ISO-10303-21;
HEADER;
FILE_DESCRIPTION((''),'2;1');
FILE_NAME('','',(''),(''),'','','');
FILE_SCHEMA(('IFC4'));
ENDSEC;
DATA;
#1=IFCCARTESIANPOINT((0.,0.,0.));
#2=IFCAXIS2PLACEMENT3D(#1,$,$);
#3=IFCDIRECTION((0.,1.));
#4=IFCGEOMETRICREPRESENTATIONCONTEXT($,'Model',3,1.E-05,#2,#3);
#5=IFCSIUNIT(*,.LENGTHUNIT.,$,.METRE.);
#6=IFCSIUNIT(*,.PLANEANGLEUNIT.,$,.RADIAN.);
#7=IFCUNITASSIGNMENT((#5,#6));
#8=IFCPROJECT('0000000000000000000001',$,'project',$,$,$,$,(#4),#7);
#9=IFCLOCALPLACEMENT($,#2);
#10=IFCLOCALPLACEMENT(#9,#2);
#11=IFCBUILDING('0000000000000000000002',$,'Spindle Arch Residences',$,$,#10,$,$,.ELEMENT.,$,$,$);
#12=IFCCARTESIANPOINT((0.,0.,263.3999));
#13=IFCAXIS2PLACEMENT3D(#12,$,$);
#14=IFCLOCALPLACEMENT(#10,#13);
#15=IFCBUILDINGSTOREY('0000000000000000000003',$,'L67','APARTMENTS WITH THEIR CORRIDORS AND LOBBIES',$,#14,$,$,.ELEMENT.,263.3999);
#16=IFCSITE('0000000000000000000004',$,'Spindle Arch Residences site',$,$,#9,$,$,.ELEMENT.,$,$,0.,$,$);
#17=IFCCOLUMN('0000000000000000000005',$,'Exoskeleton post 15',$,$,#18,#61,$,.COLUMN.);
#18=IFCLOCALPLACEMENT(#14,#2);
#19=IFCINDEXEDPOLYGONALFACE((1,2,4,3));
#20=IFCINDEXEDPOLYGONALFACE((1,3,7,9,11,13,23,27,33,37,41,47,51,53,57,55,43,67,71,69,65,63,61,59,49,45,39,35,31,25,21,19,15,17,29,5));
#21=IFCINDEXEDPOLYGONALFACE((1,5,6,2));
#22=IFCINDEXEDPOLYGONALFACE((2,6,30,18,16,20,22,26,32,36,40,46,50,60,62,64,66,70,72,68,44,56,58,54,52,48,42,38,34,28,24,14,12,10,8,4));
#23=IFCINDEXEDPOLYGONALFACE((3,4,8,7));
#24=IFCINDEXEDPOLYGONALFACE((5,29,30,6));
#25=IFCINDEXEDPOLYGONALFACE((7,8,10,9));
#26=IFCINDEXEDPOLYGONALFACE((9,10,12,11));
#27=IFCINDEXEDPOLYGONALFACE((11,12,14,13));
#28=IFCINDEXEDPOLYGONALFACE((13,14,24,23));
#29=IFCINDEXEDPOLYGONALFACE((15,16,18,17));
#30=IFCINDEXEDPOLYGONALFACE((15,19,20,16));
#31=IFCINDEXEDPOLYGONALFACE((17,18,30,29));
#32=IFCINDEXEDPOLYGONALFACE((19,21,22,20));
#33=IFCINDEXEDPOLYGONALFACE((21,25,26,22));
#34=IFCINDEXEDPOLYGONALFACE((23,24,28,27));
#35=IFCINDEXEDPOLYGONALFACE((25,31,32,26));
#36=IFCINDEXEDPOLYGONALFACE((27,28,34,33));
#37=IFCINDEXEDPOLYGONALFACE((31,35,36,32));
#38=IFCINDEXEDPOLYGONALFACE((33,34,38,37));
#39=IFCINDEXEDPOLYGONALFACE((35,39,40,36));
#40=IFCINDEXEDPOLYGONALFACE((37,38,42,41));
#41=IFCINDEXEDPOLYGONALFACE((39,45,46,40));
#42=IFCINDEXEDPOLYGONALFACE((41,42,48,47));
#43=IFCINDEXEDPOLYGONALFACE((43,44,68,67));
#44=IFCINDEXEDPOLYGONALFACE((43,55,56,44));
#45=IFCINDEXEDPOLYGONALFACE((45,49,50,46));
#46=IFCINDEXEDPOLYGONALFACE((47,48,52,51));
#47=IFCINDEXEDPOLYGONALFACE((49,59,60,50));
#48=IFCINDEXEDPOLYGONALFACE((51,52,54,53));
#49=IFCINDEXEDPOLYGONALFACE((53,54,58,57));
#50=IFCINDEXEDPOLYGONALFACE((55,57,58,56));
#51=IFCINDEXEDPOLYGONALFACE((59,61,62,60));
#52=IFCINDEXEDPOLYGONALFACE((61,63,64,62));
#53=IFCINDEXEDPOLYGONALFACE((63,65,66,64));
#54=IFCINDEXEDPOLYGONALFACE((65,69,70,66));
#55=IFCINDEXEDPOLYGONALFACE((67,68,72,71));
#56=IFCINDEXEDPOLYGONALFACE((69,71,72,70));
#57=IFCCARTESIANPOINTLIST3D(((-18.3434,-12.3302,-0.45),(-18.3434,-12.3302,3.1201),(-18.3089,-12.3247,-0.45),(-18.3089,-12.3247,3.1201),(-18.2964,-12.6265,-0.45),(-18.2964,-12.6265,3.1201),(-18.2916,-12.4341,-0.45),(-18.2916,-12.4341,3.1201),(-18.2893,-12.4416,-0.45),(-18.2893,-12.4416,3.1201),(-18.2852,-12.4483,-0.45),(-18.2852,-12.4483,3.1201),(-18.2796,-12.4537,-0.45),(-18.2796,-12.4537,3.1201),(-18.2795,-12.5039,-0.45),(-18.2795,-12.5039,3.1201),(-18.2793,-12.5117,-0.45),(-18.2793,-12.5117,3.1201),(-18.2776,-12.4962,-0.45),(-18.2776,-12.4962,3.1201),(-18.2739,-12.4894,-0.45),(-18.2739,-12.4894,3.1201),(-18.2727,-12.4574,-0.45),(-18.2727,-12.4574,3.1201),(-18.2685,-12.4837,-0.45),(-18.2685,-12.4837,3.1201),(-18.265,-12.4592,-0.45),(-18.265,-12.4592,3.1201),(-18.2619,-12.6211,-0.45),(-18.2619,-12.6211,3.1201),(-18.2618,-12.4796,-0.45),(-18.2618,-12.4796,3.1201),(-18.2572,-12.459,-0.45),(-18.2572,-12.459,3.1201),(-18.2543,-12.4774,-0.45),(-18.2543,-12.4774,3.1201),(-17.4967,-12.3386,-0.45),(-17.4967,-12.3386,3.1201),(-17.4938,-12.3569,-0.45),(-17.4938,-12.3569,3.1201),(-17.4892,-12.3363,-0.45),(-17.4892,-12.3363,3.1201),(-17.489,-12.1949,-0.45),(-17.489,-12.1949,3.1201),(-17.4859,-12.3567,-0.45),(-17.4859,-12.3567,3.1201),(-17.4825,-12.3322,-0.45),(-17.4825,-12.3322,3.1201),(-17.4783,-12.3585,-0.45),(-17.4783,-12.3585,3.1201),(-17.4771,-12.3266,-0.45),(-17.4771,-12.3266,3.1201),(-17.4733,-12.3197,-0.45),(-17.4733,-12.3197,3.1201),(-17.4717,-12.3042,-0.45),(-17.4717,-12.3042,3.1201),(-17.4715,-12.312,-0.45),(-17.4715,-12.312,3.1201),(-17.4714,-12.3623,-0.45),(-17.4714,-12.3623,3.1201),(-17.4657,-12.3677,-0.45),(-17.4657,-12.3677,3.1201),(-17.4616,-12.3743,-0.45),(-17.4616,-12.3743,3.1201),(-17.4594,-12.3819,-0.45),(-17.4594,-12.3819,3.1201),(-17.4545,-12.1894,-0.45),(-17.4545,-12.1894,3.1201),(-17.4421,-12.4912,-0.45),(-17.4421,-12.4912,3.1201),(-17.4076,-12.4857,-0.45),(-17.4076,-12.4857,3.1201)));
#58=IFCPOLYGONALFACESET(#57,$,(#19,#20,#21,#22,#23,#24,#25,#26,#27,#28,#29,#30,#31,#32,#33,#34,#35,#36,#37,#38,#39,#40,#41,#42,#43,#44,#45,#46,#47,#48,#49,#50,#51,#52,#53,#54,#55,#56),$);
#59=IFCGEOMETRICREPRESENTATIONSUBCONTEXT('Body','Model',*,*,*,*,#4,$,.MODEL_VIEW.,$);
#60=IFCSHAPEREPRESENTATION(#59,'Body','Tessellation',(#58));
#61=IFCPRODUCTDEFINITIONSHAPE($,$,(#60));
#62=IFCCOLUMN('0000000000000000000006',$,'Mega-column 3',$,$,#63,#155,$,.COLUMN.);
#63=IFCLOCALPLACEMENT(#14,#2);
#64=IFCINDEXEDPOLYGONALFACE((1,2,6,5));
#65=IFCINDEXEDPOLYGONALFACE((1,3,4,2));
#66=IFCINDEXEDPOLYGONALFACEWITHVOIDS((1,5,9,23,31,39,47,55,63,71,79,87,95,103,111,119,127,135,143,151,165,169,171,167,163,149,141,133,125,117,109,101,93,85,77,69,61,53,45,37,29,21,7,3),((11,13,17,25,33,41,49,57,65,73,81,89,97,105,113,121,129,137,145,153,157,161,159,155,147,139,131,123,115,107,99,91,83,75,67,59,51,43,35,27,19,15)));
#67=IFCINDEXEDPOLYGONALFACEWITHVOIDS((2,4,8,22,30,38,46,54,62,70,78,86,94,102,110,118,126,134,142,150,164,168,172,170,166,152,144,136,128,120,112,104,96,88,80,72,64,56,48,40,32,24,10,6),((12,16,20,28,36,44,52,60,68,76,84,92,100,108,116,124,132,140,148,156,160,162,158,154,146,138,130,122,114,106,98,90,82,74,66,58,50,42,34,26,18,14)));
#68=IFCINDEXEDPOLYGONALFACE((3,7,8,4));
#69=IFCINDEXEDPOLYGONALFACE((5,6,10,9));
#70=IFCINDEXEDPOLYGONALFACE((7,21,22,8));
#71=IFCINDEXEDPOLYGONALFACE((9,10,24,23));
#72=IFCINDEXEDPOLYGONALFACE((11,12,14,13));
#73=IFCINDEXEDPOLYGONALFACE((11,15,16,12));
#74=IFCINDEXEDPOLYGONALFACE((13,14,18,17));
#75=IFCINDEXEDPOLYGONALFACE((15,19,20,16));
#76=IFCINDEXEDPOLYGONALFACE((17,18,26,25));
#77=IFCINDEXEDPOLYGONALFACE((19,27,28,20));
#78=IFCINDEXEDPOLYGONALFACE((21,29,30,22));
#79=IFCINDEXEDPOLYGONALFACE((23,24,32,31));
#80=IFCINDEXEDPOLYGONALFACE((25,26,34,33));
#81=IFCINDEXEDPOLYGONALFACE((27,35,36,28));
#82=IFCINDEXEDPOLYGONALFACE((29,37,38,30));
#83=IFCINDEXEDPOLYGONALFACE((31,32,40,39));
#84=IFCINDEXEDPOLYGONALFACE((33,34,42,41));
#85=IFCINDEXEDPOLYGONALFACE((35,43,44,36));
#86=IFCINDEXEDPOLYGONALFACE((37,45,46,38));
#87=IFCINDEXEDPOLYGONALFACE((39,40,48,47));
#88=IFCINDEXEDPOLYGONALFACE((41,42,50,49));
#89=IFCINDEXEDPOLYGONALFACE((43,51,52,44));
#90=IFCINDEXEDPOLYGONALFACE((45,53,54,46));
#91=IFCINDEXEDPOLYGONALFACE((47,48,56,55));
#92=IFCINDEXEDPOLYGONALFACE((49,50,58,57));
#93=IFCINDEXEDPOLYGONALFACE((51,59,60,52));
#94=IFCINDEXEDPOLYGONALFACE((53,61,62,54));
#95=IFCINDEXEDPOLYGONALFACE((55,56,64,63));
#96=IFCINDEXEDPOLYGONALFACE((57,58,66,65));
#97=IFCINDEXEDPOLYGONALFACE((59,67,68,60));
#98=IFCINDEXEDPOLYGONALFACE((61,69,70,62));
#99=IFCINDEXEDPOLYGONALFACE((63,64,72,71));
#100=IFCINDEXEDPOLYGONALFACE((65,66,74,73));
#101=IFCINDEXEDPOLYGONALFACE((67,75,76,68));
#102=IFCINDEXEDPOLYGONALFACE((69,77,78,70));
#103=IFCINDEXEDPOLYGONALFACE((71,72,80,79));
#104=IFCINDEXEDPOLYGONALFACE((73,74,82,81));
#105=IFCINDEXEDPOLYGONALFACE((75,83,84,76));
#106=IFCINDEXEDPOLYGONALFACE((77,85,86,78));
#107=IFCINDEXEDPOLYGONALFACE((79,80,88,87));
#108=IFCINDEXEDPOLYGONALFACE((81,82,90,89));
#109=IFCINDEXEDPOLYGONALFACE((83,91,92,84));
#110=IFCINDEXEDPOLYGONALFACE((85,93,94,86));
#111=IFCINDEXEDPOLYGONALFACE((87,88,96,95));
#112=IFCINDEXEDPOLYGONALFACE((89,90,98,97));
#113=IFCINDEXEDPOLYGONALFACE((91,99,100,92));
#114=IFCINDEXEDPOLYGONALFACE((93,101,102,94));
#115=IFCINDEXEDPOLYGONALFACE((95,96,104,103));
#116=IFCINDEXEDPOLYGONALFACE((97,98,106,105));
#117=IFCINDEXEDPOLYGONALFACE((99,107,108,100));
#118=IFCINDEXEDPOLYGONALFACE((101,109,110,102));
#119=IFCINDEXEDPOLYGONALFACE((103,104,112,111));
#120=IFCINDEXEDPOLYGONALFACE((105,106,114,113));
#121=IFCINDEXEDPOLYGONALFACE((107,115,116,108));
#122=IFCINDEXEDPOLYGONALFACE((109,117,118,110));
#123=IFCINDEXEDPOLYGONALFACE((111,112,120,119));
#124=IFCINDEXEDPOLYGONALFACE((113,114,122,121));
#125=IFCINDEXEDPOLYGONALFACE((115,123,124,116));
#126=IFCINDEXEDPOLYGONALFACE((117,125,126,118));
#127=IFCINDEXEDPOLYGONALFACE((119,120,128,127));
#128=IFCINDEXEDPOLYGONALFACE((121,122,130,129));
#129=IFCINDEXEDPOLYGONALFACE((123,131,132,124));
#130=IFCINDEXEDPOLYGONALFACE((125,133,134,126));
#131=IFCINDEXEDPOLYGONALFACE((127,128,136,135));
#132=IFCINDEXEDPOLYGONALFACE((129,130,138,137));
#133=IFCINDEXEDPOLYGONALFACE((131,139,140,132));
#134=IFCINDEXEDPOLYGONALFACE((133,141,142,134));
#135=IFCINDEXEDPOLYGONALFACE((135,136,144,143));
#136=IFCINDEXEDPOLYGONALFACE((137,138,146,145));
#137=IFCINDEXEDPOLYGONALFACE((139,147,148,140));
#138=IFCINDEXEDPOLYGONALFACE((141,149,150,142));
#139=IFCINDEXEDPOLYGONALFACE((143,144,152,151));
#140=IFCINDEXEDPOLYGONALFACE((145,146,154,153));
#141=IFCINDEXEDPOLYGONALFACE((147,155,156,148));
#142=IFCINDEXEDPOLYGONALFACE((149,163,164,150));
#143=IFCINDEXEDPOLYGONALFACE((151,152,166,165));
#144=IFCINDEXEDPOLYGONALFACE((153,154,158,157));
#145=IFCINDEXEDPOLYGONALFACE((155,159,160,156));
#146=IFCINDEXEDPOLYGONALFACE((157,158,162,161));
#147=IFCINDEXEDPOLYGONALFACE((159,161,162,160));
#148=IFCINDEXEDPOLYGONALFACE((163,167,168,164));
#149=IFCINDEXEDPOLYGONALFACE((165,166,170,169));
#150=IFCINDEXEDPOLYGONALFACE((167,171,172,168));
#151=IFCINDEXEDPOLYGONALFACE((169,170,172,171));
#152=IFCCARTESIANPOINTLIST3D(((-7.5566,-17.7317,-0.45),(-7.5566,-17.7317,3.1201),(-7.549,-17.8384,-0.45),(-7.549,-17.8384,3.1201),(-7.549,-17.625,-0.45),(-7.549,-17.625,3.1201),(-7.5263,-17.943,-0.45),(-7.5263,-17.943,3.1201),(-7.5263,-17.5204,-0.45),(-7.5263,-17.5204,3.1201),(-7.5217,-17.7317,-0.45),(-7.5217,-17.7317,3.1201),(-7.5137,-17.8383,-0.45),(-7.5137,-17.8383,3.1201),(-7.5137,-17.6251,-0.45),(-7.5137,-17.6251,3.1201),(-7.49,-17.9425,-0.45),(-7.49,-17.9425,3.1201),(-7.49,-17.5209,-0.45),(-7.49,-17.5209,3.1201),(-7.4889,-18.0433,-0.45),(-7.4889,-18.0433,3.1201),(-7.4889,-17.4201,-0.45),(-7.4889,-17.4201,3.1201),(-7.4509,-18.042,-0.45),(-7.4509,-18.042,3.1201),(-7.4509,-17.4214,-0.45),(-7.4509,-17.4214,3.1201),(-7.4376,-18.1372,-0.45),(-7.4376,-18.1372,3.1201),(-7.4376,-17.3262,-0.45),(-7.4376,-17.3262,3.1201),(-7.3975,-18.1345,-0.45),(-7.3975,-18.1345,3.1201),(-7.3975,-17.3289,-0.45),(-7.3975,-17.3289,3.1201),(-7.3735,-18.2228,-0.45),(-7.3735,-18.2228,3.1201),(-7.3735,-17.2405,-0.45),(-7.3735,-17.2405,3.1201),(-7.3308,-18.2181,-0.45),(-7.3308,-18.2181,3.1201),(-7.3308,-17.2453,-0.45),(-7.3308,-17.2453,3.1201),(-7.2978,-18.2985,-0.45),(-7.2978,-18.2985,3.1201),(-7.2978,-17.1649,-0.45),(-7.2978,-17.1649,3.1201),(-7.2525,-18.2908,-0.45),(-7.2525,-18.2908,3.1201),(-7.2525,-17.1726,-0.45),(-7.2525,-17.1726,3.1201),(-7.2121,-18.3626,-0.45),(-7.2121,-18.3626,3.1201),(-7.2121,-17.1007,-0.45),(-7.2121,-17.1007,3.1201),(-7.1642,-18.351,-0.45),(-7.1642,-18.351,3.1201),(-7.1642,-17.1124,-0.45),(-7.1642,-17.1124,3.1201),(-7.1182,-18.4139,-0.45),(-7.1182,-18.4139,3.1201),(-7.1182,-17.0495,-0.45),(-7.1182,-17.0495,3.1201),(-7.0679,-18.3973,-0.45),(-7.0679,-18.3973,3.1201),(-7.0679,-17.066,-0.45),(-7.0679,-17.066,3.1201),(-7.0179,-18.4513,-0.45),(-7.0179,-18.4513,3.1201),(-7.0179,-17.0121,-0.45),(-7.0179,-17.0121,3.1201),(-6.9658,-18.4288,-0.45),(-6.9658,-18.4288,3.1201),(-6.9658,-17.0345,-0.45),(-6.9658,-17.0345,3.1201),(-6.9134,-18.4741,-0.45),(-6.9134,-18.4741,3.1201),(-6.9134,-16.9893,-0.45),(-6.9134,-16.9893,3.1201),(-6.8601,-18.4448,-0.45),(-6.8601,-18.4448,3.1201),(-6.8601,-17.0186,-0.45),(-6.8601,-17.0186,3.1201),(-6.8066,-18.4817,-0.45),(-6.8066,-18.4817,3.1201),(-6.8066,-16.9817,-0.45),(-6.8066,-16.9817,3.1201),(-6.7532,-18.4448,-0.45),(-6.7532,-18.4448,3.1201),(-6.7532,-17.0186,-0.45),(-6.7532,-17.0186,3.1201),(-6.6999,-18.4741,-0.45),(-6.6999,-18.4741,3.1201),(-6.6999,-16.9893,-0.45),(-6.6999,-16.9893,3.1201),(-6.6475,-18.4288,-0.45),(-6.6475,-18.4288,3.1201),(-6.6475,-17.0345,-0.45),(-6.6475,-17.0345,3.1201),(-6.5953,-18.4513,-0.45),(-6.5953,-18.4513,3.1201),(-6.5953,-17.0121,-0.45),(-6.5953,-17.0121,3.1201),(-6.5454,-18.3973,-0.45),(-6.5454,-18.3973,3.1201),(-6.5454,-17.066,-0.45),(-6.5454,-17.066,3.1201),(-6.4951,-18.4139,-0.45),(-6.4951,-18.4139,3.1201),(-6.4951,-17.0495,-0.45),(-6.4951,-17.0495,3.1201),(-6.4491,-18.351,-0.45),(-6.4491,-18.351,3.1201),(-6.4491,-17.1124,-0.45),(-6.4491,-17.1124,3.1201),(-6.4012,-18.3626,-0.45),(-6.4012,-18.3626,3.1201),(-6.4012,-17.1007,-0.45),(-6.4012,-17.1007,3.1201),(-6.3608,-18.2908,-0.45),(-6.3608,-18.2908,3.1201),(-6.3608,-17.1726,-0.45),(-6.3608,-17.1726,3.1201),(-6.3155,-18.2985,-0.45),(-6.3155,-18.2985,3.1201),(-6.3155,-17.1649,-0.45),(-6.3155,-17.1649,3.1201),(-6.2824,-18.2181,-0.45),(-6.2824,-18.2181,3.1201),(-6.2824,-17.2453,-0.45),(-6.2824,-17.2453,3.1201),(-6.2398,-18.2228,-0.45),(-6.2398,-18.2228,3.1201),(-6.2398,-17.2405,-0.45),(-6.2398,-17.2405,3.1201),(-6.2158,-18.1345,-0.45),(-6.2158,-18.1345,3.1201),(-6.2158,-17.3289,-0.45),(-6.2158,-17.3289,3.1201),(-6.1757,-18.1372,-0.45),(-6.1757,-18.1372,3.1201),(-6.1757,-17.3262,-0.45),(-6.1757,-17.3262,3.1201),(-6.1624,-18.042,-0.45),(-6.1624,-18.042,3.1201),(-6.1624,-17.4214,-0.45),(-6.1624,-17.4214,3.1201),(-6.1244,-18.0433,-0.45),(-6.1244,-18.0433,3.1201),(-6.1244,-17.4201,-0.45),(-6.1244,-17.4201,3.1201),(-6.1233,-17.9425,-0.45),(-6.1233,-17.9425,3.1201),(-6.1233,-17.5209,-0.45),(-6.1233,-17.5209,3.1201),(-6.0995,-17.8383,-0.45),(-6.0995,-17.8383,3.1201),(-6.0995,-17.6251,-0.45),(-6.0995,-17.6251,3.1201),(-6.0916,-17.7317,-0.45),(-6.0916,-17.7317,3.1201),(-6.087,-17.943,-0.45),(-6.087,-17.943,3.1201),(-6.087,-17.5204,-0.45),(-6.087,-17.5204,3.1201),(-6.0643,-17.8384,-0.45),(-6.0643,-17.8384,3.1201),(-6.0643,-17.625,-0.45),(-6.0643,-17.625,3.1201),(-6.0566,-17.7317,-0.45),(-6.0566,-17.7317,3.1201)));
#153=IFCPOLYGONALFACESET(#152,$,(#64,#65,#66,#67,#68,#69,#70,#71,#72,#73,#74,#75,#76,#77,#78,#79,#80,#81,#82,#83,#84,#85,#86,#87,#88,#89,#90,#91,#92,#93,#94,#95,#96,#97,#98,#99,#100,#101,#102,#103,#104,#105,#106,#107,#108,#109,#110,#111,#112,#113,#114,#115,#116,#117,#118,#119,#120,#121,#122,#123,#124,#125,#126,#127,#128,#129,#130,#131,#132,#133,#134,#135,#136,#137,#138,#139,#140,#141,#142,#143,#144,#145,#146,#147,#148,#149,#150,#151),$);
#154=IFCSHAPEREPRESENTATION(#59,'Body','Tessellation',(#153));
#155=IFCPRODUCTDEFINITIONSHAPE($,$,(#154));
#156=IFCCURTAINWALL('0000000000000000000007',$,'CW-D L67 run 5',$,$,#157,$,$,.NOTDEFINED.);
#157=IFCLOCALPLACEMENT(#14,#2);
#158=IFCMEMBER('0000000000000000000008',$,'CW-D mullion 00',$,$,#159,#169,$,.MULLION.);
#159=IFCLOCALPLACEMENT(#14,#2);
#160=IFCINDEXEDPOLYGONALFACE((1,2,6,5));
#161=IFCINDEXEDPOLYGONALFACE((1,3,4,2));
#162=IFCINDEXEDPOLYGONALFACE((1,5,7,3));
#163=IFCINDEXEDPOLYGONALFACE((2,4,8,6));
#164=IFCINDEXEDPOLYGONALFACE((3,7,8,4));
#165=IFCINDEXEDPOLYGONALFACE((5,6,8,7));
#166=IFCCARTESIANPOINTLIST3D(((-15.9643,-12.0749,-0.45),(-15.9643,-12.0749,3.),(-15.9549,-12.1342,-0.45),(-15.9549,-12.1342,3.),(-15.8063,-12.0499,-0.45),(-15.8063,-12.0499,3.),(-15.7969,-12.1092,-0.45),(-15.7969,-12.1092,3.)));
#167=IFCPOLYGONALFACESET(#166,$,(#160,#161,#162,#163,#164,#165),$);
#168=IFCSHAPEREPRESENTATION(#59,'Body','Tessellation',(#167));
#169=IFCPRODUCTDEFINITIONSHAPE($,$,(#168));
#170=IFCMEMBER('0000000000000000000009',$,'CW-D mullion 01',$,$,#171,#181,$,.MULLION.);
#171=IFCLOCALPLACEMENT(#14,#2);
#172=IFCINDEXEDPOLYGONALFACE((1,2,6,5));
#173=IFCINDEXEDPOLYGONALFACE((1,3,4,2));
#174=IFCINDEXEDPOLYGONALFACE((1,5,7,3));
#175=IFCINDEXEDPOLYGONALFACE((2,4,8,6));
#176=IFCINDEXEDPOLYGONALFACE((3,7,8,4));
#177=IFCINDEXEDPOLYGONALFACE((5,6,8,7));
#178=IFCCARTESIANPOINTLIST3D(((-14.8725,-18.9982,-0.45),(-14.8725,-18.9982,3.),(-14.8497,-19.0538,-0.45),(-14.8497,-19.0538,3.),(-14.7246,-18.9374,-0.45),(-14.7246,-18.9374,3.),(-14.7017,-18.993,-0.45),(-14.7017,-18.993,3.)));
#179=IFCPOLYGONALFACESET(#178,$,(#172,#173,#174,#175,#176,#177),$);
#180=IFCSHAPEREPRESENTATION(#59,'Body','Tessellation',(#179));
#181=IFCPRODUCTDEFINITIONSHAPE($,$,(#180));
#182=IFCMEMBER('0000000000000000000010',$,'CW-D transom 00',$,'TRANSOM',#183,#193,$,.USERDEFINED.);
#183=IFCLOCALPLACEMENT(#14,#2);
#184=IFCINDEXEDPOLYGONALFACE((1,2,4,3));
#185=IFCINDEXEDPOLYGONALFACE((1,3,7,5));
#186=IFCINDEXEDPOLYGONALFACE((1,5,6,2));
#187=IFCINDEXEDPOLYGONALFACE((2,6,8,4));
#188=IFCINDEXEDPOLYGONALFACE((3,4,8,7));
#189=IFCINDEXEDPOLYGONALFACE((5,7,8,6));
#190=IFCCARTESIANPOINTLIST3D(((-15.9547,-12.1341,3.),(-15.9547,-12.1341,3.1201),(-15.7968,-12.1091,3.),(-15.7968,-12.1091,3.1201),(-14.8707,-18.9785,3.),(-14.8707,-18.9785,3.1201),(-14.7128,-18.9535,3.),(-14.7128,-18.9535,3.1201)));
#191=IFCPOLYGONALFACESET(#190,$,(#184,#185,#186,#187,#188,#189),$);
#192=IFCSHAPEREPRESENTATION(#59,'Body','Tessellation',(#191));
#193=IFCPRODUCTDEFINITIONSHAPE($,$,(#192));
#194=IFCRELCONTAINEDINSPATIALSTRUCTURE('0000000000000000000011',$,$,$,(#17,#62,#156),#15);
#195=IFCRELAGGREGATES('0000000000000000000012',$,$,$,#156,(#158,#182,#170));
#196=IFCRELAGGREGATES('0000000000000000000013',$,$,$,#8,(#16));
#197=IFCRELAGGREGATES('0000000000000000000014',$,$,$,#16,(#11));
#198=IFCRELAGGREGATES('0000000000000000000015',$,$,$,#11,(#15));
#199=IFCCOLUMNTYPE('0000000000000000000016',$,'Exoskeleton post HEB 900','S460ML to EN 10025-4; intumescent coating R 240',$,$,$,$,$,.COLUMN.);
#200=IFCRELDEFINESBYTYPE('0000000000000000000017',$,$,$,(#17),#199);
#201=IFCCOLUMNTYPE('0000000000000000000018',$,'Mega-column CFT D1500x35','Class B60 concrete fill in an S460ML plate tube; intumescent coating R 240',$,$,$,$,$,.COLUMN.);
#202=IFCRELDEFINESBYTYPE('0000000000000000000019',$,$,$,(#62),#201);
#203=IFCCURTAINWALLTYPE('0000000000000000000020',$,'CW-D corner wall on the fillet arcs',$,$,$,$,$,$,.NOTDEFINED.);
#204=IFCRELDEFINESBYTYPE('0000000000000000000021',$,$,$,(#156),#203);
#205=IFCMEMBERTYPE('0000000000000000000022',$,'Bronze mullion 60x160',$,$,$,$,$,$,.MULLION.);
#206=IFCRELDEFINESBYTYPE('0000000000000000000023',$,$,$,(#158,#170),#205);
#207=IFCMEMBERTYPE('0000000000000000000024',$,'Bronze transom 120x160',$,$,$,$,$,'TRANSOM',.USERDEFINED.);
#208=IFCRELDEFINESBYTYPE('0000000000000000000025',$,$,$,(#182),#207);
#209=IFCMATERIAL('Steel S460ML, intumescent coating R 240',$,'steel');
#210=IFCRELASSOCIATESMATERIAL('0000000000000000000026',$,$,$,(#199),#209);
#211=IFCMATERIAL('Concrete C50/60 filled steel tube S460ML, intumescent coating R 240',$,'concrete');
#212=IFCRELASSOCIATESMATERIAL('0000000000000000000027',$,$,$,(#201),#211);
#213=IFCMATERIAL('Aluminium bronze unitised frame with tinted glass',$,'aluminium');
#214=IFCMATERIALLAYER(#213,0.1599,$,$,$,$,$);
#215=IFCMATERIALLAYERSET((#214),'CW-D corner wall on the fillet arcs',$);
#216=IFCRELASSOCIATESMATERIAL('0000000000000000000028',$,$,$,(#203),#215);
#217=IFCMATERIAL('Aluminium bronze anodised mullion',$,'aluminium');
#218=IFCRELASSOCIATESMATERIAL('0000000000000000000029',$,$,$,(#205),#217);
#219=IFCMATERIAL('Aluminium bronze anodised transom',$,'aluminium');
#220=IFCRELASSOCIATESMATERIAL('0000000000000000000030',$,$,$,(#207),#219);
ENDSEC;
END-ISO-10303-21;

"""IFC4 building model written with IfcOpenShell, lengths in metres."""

from ifc_helpers import new_model, si_unit, direction, frame, origin, origin_2d, place, context, subcontext, project, spatial, rectangle, hollow_circle, i_section, extrude, material, layer, layer_set, material_profile, profile_set, type_object, element, aggregate, save


model = new_model("IFC4")

# Units and contexts
model_context = context("Model", 3, precision=1e-05, world=origin(), true_north=direction((0.0, 1.0)))
body_context = subcontext(model_context, "Body", "Model", "MODEL_VIEW")
ifc_project = project(units=[si_unit("LENGTHUNIT", "METRE"), si_unit("PLANEANGLEUNIT", "RADIAN")], contexts=[model_context])

# Site, building, storey
site_placement = place(None, origin())
site = spatial("IfcSite", under=ifc_project, at=site_placement, Name="Spindle Arch Residences site", CompositionType="ELEMENT", RefElevation=0.0)
building_placement = place(site_placement, origin())
building = spatial("IfcBuilding", under=site, at=building_placement, Name="Spindle Arch Residences", CompositionType="ELEMENT")
storey_placement = place(building_placement, frame((0.0, 0.0, 263.3999)))
storey = spatial("IfcBuildingStorey", under=building, at=storey_placement, Name="L67", Description="APARTMENTS WITH THEIR CORRIDORS AND LOBBIES", CompositionType="ELEMENT", Elevation=263.3999)

# Columns
ifc_material_1 = material(Name="Steel S460ML, intumescent coating R 240", Category="steel")
ifc_material_profile_1 = material_profile(ifc_material_1, i_section(OverallWidth=0.3, OverallDepth=0.8999, WebThickness=0.0186, FlangeThickness=0.0349, FilletRadius=0.03, at=origin_2d()), Name="HEB 900")
ifc_profile_set_1 = profile_set([ifc_material_profile_1], Name="Steel S460ML, intumescent coating R 240")
column_type_1 = type_object("IfcColumnType", Name="Exoskeleton post HEB 900", Description="S460ML to EN 10025-4; intumescent coating R 240", PredefinedType="COLUMN", material=ifc_profile_set_1)
column_1_placement = place(storey_placement, frame((-17.8755, -12.408, -0.45), z_axis=(0.0, 0.0, 1.0), x_axis=(-0.156434, 0.987688, 0.0)))
element("IfcColumn", 1, at=column_1_placement, inside=storey, type_object=column_type_1, Name="Exoskeleton post 15", PredefinedType="COLUMN", context=body_context, shape_type="SweptSolid", body=[
    extrude(i_section(OverallWidth=0.3, OverallDepth=0.8999, WebThickness=0.0186, FlangeThickness=0.0349, FilletRadius=0.03, at=origin_2d()), origin(), (0.0, 0.0, 1.0), 3.5701),
])
ifc_material_2 = material(Name="Concrete C50/60 filled steel tube S460ML, intumescent coating R 240", Category="concrete")
ifc_material_profile_2 = material_profile(ifc_material_2, hollow_circle(Radius=0.75, WallThickness=0.0349, at=origin_2d()), Name="CFT D1500x35")
ifc_profile_set_2 = profile_set([ifc_material_profile_2], Name="Concrete C50/60 filled steel tube S460ML, intumescent coating R 240")
column_type_2 = type_object("IfcColumnType", Name="Mega-column CFT D1500x35", Description="Class B60 concrete fill in an S460ML plate tube; intumescent coating R 240", PredefinedType="COLUMN", material=ifc_profile_set_2)
column_2_placement = place(storey_placement, frame((-6.8066, -17.7317, -0.45), z_axis=(0.0, 0.0, 1.0), x_axis=(1.0, 0.0, 0.0)))
element("IfcColumn", 2, at=column_2_placement, inside=storey, type_object=column_type_2, Name="Mega-column 3", PredefinedType="COLUMN", context=body_context, shape_type="SweptSolid", body=[
    extrude(hollow_circle(Radius=0.75, WallThickness=0.0349, at=origin_2d()), origin(), (0.0, 0.0, 1.0), 3.5701),
])

# Curtain wall, members
ifc_material_3 = material(Name="Aluminium bronze unitised frame with tinted glass", Category="aluminium")
ifc_layer_1 = layer(ifc_material_3, 0.1599)
ifc_layer_set_1 = layer_set([ifc_layer_1], Name="CW-D corner wall on the fillet arcs")
curtain_wall_type_1 = type_object("IfcCurtainWallType", Name="CW-D corner wall on the fillet arcs", PredefinedType="NOTDEFINED", material=ifc_layer_set_1)
curtain_wall_1_placement = place(storey_placement, origin())
curtain_wall_1 = element("IfcCurtainWall", 3, at=curtain_wall_1_placement, inside=storey, type_object=curtain_wall_type_1, Name="CW-D L67 run 5", PredefinedType="NOTDEFINED")
ifc_material_4 = material(Name="Aluminium bronze anodised mullion", Category="aluminium")
ifc_material_profile_3 = material_profile(ifc_material_4, rectangle(XDim=0.1599, YDim=0.0601, at=origin_2d()), Name="MU 60x160")
ifc_profile_set_3 = profile_set([ifc_material_profile_3], Name="Aluminium bronze anodised mullion")
member_type_1 = type_object("IfcMemberType", Name="Bronze mullion 60x160", PredefinedType="MULLION", material=ifc_profile_set_3)
member_1_placement = place(storey_placement, frame((-15.8806, -12.092, -0.45), z_axis=(0.0, 0.0, 1.0), x_axis=(0.987688, 0.156434, 0.0)))
member_1 = element("IfcMember", 4, at=member_1_placement, type_object=member_type_1, Name="CW-D mullion 00", PredefinedType="MULLION", context=body_context, shape_type="SweptSolid", body=[
    extrude(rectangle(XDim=0.1599, YDim=0.0601, at=origin_2d()), origin(), (0.0, 0.0, 1.0), 3.45),
])
member_2_placement = place(storey_placement, frame((-14.7871, -18.9956, -0.45), z_axis=(0.0, 0.0, 1.0), x_axis=(0.924989, 0.379994, 0.0)))
member_2 = element("IfcMember", 5, at=member_2_placement, type_object=member_type_1, Name="CW-D mullion 01", PredefinedType="MULLION", context=body_context, shape_type="SweptSolid", body=[
    extrude(rectangle(XDim=0.1599, YDim=0.0601, at=origin_2d()), origin(), (0.0, 0.0, 1.0), 3.45),
])
ifc_material_5 = material(Name="Aluminium bronze anodised transom", Category="aluminium")
ifc_material_profile_4 = material_profile(ifc_material_5, rectangle(XDim=0.1599, YDim=0.1201, at=origin_2d()), Name="TR 120x160")
ifc_profile_set_4 = profile_set([ifc_material_profile_4], Name="Aluminium bronze anodised transom")
member_type_2 = type_object("IfcMemberType", Name="Bronze transom 120x160", ElementType="TRANSOM", PredefinedType="USERDEFINED", material=ifc_profile_set_4)
member_3_placement = place(storey_placement, frame((-15.8757, -12.1216, 3.0601), z_axis=(0.156424, -0.98769, 0.0), x_axis=(0.98769, 0.156424, 0.0)))
member_3 = element("IfcMember", 6, at=member_3_placement, type_object=member_type_2, Name="CW-D transom 00", ObjectType="TRANSOM", PredefinedType="USERDEFINED", context=body_context, shape_type="SweptSolid", body=[
    extrude(rectangle(XDim=0.1599, YDim=0.1201, at=origin_2d()), origin(), (0.0, 0.0, 1.0), 6.9297),
])

aggregate(curtain_wall_1, [member_1, member_3, member_2])

save(model, "model.ifc")
